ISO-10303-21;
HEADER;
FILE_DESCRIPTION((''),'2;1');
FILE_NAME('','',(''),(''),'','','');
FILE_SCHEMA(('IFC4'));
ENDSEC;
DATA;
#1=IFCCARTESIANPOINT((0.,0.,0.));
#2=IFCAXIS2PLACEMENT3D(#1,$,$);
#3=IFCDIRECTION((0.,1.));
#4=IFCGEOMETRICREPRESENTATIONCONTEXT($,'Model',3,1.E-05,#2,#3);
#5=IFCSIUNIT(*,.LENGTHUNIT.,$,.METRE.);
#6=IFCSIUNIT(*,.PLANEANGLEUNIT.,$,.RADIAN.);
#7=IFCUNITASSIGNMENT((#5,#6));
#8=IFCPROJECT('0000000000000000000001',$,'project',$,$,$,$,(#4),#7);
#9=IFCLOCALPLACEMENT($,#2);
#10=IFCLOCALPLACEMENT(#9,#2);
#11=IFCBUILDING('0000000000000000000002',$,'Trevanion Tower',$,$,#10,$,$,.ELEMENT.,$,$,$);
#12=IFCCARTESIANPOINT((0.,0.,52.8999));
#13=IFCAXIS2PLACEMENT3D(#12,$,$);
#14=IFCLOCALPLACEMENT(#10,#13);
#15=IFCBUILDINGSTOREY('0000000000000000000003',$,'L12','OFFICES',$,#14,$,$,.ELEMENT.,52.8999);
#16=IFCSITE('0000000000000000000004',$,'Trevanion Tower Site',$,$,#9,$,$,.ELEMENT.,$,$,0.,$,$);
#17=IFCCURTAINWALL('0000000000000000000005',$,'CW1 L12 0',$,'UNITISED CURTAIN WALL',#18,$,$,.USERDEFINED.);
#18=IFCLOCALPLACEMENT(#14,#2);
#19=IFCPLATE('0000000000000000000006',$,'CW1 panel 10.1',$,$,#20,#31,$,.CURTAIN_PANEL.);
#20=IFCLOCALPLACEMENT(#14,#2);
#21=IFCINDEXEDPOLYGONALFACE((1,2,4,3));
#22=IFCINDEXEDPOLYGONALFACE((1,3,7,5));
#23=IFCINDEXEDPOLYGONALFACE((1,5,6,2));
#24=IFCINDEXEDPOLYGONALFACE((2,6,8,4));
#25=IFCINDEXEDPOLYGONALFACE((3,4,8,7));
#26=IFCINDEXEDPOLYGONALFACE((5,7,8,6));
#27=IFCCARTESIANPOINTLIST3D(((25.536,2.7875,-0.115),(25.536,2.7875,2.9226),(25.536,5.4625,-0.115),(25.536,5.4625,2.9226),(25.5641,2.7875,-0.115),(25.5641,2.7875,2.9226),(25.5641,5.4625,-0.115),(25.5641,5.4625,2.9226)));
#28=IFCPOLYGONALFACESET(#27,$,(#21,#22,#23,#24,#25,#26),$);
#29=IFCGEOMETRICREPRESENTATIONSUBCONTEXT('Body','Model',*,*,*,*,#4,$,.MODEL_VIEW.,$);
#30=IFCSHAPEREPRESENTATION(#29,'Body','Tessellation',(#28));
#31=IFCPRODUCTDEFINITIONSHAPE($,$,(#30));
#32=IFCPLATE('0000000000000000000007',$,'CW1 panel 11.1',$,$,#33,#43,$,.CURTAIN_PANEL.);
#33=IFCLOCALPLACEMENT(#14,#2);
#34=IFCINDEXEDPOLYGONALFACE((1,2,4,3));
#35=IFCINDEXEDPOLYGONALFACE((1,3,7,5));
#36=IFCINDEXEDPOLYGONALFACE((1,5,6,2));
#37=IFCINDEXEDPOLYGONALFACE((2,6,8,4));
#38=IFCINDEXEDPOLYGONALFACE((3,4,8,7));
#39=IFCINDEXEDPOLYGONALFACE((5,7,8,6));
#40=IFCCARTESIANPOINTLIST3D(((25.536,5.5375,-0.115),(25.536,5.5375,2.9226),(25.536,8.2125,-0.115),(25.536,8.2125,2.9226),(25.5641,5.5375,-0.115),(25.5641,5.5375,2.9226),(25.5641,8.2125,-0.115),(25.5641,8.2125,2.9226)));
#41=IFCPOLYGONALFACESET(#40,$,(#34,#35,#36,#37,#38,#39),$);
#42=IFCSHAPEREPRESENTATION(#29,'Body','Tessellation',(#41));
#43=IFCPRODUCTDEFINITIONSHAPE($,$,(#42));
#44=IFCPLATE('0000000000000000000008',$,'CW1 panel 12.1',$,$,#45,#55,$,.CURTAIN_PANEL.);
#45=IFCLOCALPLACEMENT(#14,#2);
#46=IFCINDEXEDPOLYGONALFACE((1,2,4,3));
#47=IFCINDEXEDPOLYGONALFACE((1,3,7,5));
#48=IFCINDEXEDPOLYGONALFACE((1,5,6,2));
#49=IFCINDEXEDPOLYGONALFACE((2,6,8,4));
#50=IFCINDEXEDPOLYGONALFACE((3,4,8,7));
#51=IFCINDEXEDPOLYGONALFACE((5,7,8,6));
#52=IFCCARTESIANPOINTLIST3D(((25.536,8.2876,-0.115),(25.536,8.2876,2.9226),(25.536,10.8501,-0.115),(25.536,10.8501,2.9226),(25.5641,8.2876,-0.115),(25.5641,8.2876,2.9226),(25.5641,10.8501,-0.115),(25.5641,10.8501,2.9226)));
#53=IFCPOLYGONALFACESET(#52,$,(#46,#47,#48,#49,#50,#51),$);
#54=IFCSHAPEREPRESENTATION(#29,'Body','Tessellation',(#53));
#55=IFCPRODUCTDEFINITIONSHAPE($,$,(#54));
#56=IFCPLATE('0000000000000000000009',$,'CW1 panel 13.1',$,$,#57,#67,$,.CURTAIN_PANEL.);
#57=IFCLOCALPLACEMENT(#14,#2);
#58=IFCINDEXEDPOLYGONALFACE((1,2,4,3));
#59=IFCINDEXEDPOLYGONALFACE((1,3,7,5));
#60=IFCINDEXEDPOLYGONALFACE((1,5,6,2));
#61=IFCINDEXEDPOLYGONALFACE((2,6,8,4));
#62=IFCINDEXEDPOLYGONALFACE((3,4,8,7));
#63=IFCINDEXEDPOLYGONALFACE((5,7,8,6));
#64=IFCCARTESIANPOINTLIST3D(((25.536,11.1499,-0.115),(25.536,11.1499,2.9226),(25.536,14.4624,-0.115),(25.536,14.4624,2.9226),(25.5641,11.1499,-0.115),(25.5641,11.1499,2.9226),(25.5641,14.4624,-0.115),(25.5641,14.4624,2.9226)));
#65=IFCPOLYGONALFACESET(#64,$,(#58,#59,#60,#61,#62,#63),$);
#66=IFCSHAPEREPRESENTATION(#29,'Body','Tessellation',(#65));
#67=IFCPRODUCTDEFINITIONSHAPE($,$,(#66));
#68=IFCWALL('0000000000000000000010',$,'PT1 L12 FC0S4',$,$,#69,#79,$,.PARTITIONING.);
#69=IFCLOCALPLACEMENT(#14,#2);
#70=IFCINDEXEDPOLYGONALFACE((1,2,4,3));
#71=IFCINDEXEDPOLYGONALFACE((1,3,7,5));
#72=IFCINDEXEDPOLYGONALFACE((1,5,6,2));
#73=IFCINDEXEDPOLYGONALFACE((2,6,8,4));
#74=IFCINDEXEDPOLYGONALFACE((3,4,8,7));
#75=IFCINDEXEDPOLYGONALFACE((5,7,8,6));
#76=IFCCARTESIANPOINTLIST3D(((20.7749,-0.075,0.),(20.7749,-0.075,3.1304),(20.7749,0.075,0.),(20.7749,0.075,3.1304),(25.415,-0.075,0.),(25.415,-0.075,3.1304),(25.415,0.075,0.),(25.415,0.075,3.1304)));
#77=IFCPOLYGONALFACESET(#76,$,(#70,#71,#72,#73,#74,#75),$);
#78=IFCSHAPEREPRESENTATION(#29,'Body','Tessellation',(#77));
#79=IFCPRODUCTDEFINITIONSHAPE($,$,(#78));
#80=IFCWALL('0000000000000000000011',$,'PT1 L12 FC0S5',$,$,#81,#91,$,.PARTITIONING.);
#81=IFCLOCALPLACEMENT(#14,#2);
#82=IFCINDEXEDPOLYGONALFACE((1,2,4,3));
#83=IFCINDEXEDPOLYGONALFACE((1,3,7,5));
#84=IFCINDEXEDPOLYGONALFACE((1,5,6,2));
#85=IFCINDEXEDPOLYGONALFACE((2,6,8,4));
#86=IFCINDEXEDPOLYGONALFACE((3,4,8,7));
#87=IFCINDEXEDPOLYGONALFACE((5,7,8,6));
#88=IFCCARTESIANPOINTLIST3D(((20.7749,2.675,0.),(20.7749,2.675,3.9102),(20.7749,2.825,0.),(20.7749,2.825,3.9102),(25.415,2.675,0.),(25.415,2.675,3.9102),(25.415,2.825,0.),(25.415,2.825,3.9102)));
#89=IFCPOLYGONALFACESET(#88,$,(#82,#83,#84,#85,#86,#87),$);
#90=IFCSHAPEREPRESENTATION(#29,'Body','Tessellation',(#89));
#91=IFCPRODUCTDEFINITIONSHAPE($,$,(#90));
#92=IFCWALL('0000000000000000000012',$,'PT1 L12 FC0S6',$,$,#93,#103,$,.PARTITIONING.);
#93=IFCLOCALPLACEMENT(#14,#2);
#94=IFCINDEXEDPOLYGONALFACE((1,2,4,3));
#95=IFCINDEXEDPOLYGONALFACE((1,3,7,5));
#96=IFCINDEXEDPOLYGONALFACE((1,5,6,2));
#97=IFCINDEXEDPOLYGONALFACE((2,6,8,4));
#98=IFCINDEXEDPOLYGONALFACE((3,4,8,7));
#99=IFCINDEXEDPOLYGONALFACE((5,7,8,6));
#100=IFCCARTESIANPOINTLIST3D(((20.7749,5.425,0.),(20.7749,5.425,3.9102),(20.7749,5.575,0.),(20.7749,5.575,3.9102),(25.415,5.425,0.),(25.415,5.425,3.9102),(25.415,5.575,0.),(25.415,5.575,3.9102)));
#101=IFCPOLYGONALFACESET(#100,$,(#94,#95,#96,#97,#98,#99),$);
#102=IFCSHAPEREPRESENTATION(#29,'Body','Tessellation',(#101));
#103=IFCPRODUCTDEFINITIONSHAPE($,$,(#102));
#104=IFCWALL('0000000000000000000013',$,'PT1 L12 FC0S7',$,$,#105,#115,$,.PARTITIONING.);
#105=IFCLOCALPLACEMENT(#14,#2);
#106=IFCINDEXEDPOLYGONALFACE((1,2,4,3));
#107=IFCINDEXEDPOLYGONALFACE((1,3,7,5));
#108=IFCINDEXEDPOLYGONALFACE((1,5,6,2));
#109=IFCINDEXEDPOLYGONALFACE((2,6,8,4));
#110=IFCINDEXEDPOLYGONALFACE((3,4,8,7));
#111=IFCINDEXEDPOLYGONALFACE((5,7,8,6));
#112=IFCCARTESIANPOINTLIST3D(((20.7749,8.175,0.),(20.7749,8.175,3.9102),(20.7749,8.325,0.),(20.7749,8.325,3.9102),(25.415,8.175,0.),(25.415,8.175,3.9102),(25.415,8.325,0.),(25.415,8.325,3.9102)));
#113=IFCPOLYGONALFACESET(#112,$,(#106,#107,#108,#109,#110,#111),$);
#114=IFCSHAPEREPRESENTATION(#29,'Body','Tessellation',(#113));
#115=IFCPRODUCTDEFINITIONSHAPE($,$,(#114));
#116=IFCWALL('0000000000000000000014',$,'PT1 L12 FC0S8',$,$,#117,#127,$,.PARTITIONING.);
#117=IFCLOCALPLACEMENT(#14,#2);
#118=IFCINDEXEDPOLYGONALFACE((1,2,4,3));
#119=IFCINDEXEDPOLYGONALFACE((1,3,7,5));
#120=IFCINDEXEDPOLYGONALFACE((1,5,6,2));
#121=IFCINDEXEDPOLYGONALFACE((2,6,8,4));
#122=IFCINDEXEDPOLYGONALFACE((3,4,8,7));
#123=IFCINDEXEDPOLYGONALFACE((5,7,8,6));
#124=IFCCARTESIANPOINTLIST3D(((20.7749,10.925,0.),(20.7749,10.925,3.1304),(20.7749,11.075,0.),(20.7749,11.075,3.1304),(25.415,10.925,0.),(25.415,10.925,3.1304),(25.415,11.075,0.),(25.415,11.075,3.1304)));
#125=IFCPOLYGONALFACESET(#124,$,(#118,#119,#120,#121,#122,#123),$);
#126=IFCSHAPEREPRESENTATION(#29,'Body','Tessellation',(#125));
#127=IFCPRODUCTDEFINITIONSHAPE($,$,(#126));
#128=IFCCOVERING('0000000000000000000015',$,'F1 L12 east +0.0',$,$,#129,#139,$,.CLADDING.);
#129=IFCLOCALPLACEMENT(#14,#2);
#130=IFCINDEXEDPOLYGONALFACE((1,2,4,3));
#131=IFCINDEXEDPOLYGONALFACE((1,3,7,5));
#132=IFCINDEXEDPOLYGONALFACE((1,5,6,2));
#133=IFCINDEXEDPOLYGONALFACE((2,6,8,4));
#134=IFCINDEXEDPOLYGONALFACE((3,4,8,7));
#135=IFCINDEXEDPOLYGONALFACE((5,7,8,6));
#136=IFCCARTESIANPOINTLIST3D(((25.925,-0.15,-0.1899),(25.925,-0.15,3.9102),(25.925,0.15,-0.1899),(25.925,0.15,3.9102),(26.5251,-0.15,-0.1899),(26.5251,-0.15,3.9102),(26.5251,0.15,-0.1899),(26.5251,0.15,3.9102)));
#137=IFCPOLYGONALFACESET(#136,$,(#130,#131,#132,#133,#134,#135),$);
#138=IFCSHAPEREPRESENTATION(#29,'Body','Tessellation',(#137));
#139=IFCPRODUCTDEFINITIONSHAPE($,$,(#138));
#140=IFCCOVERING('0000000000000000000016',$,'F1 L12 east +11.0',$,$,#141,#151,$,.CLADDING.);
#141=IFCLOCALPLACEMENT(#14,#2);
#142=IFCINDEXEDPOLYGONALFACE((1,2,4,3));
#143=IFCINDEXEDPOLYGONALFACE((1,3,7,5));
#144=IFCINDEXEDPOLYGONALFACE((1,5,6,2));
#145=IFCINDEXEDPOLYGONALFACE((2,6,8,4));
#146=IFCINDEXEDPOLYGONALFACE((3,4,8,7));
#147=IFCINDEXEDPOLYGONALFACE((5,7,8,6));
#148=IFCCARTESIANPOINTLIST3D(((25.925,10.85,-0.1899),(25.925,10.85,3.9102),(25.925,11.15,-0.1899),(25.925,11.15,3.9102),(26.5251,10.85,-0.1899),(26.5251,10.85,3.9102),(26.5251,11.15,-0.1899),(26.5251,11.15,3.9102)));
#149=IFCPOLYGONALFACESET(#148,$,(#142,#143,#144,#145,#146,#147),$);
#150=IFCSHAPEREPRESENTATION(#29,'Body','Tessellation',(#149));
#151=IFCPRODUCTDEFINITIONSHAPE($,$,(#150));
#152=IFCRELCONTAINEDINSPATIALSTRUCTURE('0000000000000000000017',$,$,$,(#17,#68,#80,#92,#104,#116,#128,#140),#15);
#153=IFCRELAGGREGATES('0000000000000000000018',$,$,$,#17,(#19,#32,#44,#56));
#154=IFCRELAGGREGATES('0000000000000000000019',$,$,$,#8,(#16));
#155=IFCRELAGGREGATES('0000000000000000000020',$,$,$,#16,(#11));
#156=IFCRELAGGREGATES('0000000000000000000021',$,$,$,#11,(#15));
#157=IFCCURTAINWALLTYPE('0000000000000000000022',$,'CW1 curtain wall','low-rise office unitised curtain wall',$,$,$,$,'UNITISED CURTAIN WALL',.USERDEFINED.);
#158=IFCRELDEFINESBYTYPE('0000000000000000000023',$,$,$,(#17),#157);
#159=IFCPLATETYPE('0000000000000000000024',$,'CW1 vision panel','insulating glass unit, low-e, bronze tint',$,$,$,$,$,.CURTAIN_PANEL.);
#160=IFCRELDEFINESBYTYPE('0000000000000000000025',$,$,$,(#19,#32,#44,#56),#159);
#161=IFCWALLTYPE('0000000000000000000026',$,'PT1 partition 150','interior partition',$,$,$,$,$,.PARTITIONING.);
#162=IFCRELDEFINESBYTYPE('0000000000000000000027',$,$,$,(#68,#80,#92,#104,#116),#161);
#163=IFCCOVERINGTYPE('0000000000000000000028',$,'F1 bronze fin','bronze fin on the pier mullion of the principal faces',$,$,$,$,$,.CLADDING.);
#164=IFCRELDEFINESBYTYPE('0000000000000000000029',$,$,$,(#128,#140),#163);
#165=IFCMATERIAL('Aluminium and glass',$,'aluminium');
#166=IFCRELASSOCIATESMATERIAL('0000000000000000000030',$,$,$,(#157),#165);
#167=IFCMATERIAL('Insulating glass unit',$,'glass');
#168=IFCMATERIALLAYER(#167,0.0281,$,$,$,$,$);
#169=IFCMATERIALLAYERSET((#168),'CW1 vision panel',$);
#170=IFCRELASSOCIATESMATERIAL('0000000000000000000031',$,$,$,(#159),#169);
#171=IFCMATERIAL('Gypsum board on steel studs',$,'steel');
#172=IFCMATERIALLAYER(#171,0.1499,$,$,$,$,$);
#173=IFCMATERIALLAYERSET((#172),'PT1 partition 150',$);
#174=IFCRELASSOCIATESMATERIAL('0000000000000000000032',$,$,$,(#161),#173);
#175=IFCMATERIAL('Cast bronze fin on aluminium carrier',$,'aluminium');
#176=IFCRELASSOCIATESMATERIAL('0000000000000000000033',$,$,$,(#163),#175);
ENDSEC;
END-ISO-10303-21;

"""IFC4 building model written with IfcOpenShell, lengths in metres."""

from ifc_helpers import new_model, si_unit, direction, frame, frame_2d, origin, origin_2d, place, context, subcontext, project, spatial, rectangle, extrude, material, layer, layer_set, type_object, element, aggregate, save


model = new_model("IFC4")

# Units and contexts
model_context = context("Model", 3, precision=1e-05, world=origin(), true_north=direction((0.0, 1.0)))
body_context = subcontext(model_context, "Body", "Model", "MODEL_VIEW")
ifc_project = project(units=[si_unit("LENGTHUNIT", "METRE"), si_unit("PLANEANGLEUNIT", "RADIAN")], contexts=[model_context])

# Site, building, storey
site_placement = place(None, origin())
site = spatial("IfcSite", under=ifc_project, at=site_placement, Name="Trevanion Tower Site", CompositionType="ELEMENT", RefElevation=0.0)
building_placement = place(site_placement, origin())
building = spatial("IfcBuilding", under=site, at=building_placement, Name="Trevanion Tower", CompositionType="ELEMENT")
storey_placement = place(building_placement, frame((0.0, 0.0, 52.8999)))
storey = spatial("IfcBuildingStorey", under=building, at=storey_placement, Name="L12", Description="OFFICES", CompositionType="ELEMENT", Elevation=52.8999)

# Curtain wall
ifc_material_1 = material(Name="Aluminium and glass", Category="aluminium")
curtain_wall_type = type_object("IfcCurtainWallType", Name="CW1 curtain wall", Description="low-rise office unitised curtain wall", ElementType="UNITISED CURTAIN WALL", PredefinedType="USERDEFINED", material=ifc_material_1)
curtain_wall_placement = place(storey_placement, origin())
curtain_wall = element("IfcCurtainWall", 1, at=curtain_wall_placement, inside=storey, type_object=curtain_wall_type, Name="CW1 L12 0", ObjectType="UNITISED CURTAIN WALL", PredefinedType="USERDEFINED")

# Plates
ifc_material_2 = material(Name="Insulating glass unit", Category="glass")
ifc_layer_1 = layer(ifc_material_2, 0.0281)
ifc_layer_set_1 = layer_set([ifc_layer_1], Name="CW1 vision panel")
plate_type_1 = type_object("IfcPlateType", Name="CW1 vision panel", Description="insulating glass unit, low-e, bronze tint", PredefinedType="CURTAIN_PANEL", material=ifc_layer_set_1)
plate_1_placement = place(storey_placement, frame((25.55, 4.125, -0.115), z_axis=(0.0, 0.0, 1.0), x_axis=(0.0, 1.0, 0.0)))
plate_1 = element("IfcPlate", 2, at=plate_1_placement, type_object=plate_type_1, Name="CW1 panel 10.1", PredefinedType="CURTAIN_PANEL", context=body_context, shape_type="SweptSolid", body=[
    extrude(rectangle(XDim=2.675, YDim=0.0281, at=origin_2d()), origin(), (0.0, 0.0, 1.0), 3.0376),
])
plate_2_placement = place(storey_placement, frame((25.55, 6.875, -0.115), z_axis=(0.0, 0.0, 1.0), x_axis=(0.0, 1.0, 0.0)))
plate_2 = element("IfcPlate", 3, at=plate_2_placement, type_object=plate_type_1, Name="CW1 panel 11.1", PredefinedType="CURTAIN_PANEL", context=body_context, shape_type="SweptSolid", body=[
    extrude(rectangle(XDim=2.675, YDim=0.0281, at=origin_2d()), origin(), (0.0, 0.0, 1.0), 3.0376),
])
plate_3_placement = place(storey_placement, frame((25.55, 9.5688, -0.115), z_axis=(0.0, 0.0, 1.0), x_axis=(0.0, 1.0, 0.0)))
plate_3 = element("IfcPlate", 4, at=plate_3_placement, type_object=plate_type_1, Name="CW1 panel 12.1", PredefinedType="CURTAIN_PANEL", context=body_context, shape_type="SweptSolid", body=[
    extrude(rectangle(XDim=2.5625, YDim=0.0281, at=origin_2d()), origin(), (0.0, 0.0, 1.0), 3.0376),
])
plate_4_placement = place(storey_placement, frame((25.55, 12.8062, -0.115), z_axis=(0.0, 0.0, 1.0), x_axis=(0.0, 1.0, 0.0)))
plate_4 = element("IfcPlate", 5, at=plate_4_placement, type_object=plate_type_1, Name="CW1 panel 13.1", PredefinedType="CURTAIN_PANEL", context=body_context, shape_type="SweptSolid", body=[
    extrude(rectangle(XDim=3.3125, YDim=0.0281, at=origin_2d()), origin(), (0.0, 0.0, 1.0), 3.0376),
])
aggregate(curtain_wall, [plate_1, plate_2, plate_3, plate_4])

# Walls
ifc_material_3 = material(Name="Gypsum board on steel studs", Category="steel")
ifc_layer_2 = layer(ifc_material_3, 0.1499)
ifc_layer_set_2 = layer_set([ifc_layer_2], Name="PT1 partition 150")
wall_type = type_object("IfcWallType", Name="PT1 partition 150", Description="interior partition", PredefinedType="PARTITIONING", material=ifc_layer_set_2)
wall_1_placement = place(storey_placement, frame((20.7749, 0.0, 0.0), z_axis=(0.0, 0.0, 1.0), x_axis=(1.0, 0.0, 0.0)))
element("IfcWall", 6, at=wall_1_placement, inside=storey, type_object=wall_type, Name="PT1 L12 FC0S4", PredefinedType="PARTITIONING", context=body_context, shape_type="SweptSolid", body=[
    extrude(rectangle(XDim=4.6401, YDim=0.1499, at=frame_2d((2.3201, 0.0))), origin(), (0.0, 0.0, 1.0), 3.1304),
])
for number, where, z_axis, x_axis, name in (
    (7, (20.7749, 2.75, 0.0), (0.0, 0.0, 1.0), (1.0, 0.0, 0.0), "PT1 L12 FC0S5"),
    (8, (20.7749, 5.5, 0.0), (0.0, 0.0, 1.0), (1.0, 0.0, 0.0), "PT1 L12 FC0S6"),
    (9, (20.7749, 8.25, 0.0), (0.0, 0.0, 1.0), (1.0, 0.0, 0.0), "PT1 L12 FC0S7"),
):
    element("IfcWall", number, at=place(storey_placement, frame(where, z_axis=z_axis, x_axis=x_axis)), inside=storey, type_object=wall_type, Name=name, PredefinedType="PARTITIONING", context=body_context, shape_type="SweptSolid", body=[
        extrude(rectangle(XDim=4.6401, YDim=0.1499, at=frame_2d((2.3201, 0.0))), origin(), (0.0, 0.0, 1.0), 3.9102),
    ])
wall_2_placement = place(storey_placement, frame((20.7749, 11.0, 0.0), z_axis=(0.0, 0.0, 1.0), x_axis=(1.0, 0.0, 0.0)))
element("IfcWall", 10, at=wall_2_placement, inside=storey, type_object=wall_type, Name="PT1 L12 FC0S8", PredefinedType="PARTITIONING", context=body_context, shape_type="SweptSolid", body=[
    extrude(rectangle(XDim=4.6401, YDim=0.1499, at=frame_2d((2.3201, 0.0))), origin(), (0.0, 0.0, 1.0), 3.1304),
])

# Coverings
ifc_material_4 = material(Name="Cast bronze fin on aluminium carrier", Category="aluminium")
covering_type = type_object("IfcCoveringType", Name="F1 bronze fin", Description="bronze fin on the pier mullion of the principal faces", PredefinedType="CLADDING", material=ifc_material_4)
for number, where, z_axis, x_axis, name in (
    (11, (26.2251, 0.0, -0.1899), (0.0, 0.0, 1.0), (0.0, 1.0, 0.0), "F1 L12 east +0.0"),
    (12, (26.2251, 11.0, -0.1899), (0.0, 0.0, 1.0), (0.0, 1.0, 0.0), "F1 L12 east +11.0"),
):
    element("IfcCovering", number, at=place(storey_placement, frame(where, z_axis=z_axis, x_axis=x_axis)), inside=storey, type_object=covering_type, Name=name, PredefinedType="CLADDING", context=body_context, shape_type="SweptSolid", body=[
        extrude(rectangle(XDim=0.3, YDim=0.6001, at=origin_2d()), origin(), (0.0, 0.0, 1.0), 4.1001),
    ])

save(model, "model.ifc")
